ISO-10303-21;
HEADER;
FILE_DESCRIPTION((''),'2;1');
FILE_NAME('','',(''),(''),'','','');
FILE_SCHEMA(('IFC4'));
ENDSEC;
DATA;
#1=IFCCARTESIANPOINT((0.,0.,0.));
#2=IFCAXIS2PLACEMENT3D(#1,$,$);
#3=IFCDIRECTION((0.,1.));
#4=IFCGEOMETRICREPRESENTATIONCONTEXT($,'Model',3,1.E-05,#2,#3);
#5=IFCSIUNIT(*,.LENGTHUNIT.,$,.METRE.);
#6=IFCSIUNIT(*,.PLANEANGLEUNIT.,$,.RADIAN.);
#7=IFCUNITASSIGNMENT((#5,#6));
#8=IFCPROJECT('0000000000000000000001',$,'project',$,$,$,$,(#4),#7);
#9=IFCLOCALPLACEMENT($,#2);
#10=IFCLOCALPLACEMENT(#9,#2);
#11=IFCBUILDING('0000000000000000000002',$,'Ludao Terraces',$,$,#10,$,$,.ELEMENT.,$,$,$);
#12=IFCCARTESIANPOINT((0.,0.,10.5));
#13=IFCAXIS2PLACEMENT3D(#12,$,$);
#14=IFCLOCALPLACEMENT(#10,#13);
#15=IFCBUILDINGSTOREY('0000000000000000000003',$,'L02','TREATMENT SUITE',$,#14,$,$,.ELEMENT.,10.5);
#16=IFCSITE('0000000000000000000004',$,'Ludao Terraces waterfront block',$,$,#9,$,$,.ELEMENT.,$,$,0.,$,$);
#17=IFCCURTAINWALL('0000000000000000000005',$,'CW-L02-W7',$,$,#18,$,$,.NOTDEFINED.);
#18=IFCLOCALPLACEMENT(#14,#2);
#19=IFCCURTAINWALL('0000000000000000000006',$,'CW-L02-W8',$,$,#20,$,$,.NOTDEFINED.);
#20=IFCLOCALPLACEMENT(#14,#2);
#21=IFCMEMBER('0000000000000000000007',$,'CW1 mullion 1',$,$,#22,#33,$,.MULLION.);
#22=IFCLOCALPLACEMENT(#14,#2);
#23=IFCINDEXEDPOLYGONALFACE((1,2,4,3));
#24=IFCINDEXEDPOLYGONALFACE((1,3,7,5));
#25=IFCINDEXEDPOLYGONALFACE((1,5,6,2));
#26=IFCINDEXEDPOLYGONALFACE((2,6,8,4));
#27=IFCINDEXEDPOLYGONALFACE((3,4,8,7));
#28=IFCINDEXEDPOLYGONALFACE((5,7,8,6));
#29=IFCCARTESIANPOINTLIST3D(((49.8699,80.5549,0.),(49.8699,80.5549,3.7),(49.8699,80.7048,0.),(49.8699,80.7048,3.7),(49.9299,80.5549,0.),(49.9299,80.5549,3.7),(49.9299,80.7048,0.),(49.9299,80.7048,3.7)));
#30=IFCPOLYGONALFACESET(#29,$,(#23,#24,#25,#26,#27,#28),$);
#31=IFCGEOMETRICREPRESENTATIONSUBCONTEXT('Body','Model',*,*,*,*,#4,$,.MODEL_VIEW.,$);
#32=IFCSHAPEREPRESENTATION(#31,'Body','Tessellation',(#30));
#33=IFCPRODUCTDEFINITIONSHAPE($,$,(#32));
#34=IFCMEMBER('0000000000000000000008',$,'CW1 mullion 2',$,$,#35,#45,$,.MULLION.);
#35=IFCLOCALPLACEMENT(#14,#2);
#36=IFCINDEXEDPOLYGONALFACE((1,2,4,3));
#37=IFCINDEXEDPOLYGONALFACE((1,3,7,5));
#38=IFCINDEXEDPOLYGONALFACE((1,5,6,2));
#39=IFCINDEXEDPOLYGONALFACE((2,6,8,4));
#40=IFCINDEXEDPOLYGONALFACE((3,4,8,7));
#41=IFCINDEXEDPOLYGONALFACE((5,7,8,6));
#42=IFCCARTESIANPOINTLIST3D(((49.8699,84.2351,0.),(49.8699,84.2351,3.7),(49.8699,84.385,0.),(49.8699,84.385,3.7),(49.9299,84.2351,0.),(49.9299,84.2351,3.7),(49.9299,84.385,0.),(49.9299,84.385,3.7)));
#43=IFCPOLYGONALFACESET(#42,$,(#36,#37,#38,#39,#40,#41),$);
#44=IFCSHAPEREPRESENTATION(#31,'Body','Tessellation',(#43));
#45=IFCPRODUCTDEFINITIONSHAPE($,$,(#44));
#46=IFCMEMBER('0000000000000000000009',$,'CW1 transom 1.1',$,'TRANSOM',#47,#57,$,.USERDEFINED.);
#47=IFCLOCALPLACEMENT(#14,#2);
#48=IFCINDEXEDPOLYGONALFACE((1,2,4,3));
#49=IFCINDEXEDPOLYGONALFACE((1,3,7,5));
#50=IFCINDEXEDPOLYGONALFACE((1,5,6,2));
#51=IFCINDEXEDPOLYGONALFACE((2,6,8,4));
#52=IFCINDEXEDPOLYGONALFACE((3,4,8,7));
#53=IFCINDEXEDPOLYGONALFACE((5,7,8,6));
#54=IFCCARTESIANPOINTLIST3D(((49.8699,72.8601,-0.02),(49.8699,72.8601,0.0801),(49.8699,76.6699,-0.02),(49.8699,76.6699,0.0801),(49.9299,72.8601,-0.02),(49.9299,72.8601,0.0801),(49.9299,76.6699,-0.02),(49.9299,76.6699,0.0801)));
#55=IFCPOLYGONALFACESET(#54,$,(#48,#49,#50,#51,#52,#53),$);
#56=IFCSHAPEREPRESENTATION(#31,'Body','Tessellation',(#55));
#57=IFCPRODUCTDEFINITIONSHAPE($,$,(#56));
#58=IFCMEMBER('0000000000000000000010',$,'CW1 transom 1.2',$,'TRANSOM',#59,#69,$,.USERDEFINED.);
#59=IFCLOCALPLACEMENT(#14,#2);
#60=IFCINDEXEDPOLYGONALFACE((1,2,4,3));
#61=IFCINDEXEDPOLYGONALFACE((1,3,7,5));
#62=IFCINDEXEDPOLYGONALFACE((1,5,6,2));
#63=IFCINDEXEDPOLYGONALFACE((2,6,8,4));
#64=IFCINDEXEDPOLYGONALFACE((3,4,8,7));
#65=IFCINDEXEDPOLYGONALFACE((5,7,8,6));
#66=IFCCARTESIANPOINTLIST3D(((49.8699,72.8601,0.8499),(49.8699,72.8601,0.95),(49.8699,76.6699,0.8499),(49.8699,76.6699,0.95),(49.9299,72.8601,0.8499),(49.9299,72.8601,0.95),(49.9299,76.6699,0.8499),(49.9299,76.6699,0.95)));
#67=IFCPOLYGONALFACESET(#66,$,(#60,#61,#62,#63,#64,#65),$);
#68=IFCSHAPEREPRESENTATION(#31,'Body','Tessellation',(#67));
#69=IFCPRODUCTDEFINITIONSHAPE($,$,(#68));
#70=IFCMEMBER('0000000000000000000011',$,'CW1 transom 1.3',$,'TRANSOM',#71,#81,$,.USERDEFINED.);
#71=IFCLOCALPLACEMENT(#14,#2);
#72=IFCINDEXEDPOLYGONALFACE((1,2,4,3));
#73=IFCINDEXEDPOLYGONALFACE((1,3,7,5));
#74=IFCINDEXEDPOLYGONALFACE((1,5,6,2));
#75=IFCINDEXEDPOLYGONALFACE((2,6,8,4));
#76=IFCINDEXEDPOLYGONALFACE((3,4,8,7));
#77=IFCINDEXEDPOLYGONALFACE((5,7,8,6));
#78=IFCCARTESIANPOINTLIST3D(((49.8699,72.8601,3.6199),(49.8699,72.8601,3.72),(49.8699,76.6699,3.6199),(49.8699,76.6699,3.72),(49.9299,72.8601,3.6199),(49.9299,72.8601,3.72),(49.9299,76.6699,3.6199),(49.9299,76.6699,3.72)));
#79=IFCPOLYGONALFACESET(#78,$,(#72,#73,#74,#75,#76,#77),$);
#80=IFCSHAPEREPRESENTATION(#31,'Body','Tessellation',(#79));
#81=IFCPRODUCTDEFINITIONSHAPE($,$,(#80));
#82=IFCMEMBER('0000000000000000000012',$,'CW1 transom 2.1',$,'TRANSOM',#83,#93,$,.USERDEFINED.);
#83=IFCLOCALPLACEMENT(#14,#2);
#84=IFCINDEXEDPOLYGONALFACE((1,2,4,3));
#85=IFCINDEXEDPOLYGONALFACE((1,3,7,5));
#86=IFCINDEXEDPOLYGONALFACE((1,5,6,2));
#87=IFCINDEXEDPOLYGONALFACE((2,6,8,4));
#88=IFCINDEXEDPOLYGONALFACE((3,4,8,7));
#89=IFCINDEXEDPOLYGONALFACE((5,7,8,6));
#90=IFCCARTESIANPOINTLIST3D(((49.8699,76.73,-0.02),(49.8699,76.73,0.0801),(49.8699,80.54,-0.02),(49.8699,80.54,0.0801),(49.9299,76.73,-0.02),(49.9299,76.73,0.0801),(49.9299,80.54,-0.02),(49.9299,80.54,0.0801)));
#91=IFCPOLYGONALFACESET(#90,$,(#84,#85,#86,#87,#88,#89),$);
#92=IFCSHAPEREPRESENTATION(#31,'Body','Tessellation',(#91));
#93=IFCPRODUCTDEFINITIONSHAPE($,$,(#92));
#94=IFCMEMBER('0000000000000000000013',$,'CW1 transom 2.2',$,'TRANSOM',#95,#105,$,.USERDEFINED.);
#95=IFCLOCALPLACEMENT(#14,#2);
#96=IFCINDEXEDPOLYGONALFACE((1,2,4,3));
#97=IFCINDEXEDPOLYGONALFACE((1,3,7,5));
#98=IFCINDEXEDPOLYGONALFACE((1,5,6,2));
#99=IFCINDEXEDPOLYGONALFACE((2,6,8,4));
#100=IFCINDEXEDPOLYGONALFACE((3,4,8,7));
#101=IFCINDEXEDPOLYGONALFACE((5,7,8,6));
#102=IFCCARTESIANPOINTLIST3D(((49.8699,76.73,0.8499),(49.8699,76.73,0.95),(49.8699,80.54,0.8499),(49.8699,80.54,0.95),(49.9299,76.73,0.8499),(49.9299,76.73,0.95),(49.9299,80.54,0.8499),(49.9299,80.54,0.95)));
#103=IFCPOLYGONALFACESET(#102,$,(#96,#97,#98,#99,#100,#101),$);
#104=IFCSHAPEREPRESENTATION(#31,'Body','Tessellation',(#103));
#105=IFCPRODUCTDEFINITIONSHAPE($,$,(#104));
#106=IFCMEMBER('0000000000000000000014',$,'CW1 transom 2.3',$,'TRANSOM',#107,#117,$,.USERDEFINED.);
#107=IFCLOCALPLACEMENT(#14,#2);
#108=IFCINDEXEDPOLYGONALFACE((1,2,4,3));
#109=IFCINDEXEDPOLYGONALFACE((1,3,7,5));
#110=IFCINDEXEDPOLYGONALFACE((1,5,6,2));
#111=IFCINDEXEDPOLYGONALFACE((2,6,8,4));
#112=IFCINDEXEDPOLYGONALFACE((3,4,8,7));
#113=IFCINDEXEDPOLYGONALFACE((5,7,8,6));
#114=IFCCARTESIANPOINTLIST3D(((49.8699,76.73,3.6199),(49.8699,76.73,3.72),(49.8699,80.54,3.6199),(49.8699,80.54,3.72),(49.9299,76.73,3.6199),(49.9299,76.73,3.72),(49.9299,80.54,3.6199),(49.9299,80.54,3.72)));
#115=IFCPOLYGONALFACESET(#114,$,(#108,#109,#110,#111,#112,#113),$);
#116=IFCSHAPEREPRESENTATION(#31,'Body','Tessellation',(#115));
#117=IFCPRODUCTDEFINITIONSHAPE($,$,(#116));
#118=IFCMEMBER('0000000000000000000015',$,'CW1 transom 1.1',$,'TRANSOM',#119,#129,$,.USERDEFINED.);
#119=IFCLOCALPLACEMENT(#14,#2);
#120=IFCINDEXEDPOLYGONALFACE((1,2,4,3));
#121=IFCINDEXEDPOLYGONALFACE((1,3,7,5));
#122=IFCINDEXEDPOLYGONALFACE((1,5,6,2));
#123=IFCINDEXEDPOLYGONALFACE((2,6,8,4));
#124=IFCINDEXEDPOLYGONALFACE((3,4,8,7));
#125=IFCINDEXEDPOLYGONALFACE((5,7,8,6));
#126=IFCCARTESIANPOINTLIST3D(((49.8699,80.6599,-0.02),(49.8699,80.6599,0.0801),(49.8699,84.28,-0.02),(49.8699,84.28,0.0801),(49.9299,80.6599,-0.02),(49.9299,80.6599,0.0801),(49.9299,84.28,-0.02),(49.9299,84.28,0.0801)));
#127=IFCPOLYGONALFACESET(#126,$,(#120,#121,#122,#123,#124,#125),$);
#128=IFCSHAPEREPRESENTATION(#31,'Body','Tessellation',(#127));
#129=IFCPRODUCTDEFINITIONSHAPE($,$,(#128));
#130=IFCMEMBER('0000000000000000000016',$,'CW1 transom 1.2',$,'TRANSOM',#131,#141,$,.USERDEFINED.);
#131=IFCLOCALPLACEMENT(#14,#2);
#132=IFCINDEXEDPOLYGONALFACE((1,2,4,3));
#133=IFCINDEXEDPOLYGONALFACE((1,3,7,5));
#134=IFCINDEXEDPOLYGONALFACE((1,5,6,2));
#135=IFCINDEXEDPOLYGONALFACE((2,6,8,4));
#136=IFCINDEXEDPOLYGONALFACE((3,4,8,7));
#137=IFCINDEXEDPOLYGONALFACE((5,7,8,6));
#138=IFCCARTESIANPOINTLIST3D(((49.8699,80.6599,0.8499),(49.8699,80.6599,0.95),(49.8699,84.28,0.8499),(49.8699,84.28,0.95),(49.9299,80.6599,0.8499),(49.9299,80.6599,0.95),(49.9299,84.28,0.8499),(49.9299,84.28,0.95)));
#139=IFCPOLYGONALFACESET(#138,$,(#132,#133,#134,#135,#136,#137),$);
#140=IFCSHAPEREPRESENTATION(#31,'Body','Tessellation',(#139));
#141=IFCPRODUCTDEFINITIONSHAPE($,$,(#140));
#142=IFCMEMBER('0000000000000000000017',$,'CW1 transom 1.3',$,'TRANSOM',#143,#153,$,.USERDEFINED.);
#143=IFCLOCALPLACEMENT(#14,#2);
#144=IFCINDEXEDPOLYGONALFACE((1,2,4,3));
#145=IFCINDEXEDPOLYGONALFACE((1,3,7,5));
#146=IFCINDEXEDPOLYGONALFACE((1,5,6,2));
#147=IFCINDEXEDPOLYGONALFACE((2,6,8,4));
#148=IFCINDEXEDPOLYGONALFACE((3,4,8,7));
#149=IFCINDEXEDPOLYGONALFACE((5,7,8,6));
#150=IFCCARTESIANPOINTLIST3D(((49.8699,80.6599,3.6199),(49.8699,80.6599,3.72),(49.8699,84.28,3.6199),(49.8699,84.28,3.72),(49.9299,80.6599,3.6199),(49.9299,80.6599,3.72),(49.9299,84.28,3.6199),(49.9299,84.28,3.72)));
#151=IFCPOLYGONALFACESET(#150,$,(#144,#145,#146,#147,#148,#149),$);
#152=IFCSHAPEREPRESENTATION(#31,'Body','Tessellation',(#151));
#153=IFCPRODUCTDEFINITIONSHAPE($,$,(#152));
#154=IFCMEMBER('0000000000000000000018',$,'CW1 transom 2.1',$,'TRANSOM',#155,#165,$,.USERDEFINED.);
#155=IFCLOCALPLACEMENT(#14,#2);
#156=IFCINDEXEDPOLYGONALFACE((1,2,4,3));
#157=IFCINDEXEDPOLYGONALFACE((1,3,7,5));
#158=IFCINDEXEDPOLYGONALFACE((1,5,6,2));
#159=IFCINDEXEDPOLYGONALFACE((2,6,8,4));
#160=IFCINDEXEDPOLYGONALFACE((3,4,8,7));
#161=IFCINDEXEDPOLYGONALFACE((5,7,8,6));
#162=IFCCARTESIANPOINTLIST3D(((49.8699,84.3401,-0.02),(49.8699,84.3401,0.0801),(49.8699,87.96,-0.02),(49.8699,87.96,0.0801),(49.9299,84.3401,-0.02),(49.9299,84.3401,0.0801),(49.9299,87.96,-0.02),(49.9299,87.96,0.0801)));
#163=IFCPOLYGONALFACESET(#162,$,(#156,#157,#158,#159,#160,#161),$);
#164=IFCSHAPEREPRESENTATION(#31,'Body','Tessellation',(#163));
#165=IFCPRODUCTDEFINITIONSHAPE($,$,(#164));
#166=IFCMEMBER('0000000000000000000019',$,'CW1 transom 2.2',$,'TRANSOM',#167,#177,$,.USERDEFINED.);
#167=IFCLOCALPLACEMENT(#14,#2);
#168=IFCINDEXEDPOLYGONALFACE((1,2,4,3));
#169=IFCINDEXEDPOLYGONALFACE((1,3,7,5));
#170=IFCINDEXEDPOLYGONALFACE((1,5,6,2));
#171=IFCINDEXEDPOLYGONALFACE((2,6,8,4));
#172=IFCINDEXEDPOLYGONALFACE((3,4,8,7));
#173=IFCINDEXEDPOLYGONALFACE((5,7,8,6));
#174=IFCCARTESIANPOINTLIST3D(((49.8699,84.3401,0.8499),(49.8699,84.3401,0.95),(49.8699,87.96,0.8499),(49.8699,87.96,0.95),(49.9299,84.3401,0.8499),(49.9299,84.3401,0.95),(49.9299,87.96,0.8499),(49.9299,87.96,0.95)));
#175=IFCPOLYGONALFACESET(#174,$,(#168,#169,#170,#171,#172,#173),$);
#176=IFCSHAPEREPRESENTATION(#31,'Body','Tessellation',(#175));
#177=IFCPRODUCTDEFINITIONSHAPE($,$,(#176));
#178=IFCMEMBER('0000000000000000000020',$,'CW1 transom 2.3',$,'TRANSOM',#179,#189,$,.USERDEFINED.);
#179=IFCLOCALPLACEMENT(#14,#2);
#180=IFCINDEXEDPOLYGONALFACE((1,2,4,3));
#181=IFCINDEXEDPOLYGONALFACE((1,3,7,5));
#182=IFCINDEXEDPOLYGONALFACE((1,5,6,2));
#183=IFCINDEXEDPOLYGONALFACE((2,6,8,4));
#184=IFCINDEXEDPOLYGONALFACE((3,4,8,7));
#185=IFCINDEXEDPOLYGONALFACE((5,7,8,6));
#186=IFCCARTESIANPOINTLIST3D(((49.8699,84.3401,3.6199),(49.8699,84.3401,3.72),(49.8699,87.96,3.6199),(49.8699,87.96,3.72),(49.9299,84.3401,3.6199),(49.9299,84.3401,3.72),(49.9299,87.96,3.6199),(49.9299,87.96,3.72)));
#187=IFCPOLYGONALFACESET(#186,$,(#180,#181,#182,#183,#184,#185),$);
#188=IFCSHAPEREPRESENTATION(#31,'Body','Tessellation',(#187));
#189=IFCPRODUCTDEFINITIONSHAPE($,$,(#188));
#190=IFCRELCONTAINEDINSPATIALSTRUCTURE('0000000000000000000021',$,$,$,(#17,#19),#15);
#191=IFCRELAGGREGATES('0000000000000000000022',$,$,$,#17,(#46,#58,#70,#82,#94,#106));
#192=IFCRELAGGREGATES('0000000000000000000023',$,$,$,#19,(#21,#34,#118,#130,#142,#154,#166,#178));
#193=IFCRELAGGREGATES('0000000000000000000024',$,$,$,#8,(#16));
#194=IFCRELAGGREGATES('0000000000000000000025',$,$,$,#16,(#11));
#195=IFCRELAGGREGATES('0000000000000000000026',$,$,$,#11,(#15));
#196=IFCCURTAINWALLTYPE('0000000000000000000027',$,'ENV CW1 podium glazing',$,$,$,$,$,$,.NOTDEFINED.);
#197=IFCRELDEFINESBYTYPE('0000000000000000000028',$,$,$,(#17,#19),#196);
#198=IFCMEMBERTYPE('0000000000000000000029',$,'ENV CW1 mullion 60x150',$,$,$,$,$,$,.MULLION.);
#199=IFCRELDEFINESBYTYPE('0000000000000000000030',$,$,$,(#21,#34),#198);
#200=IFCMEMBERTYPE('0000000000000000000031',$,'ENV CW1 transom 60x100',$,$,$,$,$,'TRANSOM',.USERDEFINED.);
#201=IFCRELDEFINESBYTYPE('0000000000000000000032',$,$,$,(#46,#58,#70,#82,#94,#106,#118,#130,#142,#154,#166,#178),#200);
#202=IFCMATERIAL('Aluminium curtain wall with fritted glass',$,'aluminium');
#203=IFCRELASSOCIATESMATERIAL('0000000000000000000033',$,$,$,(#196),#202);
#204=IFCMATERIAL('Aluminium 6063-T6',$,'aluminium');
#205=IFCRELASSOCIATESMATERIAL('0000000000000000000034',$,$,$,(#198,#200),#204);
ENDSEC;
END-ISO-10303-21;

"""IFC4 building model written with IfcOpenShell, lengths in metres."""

from ifc_helpers import new_model, si_unit, direction, frame, origin, origin_2d, place, context, subcontext, project, spatial, rectangle, extrude, material, material_profile, profile_set, type_object, element, aggregate, save


model = new_model("IFC4")

# Units and contexts
model_context = context("Model", 3, precision=1e-05, world=origin(), true_north=direction((0.0, 1.0)))
body_context = subcontext(model_context, "Body", "Model", "MODEL_VIEW")
ifc_project = project(units=[si_unit("LENGTHUNIT", "METRE"), si_unit("PLANEANGLEUNIT", "RADIAN")], contexts=[model_context])

# Site, building, storey
site_placement = place(None, origin())
site = spatial("IfcSite", under=ifc_project, at=site_placement, Name="Ludao Terraces waterfront block", CompositionType="ELEMENT", RefElevation=0.0)
building_placement = place(site_placement, origin())
building = spatial("IfcBuilding", under=site, at=building_placement, Name="Ludao Terraces", CompositionType="ELEMENT")
storey_placement = place(building_placement, frame((0.0, 0.0, 10.5)))
storey = spatial("IfcBuildingStorey", under=building, at=storey_placement, Name="L02", Description="TREATMENT SUITE", CompositionType="ELEMENT", Elevation=10.5)

# Shared definitions
ifc_material_1 = material(Name="Aluminium curtain wall with fritted glass", Category="aluminium")
curtain_wall_type = type_object("IfcCurtainWallType", Name="ENV CW1 podium glazing", PredefinedType="NOTDEFINED", material=ifc_material_1)
ifc_material_2 = material(Name="Aluminium 6063-T6", Category="aluminium")
ifc_material_profile_1 = material_profile(ifc_material_2, rectangle(XDim=0.0601, YDim=0.1499, at=origin_2d()), Name="60 X 150")
ifc_profile_set_1 = profile_set([ifc_material_profile_1], Name="Aluminium 6063-T6")
member_type_1 = type_object("IfcMemberType", Name="ENV CW1 mullion 60x150", PredefinedType="MULLION", material=ifc_profile_set_1)

# Curtain walls, members
curtain_wall_1_placement = place(storey_placement, origin())
curtain_wall_1 = element("IfcCurtainWall", 1, at=curtain_wall_1_placement, inside=storey, type_object=curtain_wall_type, Name="CW-L02-W7", PredefinedType="NOTDEFINED")
curtain_wall_2_placement = place(storey_placement, origin())
curtain_wall_2 = element("IfcCurtainWall", 2, at=curtain_wall_2_placement, inside=storey, type_object=curtain_wall_type, Name="CW-L02-W8", PredefinedType="NOTDEFINED")
member_1_placement = place(storey_placement, frame((49.8999, 80.6299, 0.0), z_axis=(0.0, 0.0, 1.0), x_axis=(-1.0, 0.0, 0.0)))
member_1 = element("IfcMember", 3, at=member_1_placement, type_object=member_type_1, Name="CW1 mullion 1", PredefinedType="MULLION", context=body_context, shape_type="SweptSolid", body=[
    extrude(rectangle(XDim=0.0601, YDim=0.1499, at=origin_2d()), origin(), (0.0, 0.0, 1.0), 3.7),
])
member_2_placement = place(storey_placement, frame((49.8999, 84.3101, 0.0), z_axis=(0.0, 0.0, 1.0), x_axis=(-1.0, 0.0, 0.0)))
member_2 = element("IfcMember", 4, at=member_2_placement, type_object=member_type_1, Name="CW1 mullion 2", PredefinedType="MULLION", context=body_context, shape_type="SweptSolid", body=[
    extrude(rectangle(XDim=0.0601, YDim=0.1499, at=origin_2d()), origin(), (0.0, 0.0, 1.0), 3.7),
])

# Members
ifc_material_profile_2 = material_profile(ifc_material_2, rectangle(XDim=0.0601, YDim=0.1001, at=origin_2d()), Name="60 X 100")
ifc_profile_set_2 = profile_set([ifc_material_profile_2], Name="Aluminium 6063-T6")
member_type_2 = type_object("IfcMemberType", Name="ENV CW1 transom 60x100", ElementType="TRANSOM", PredefinedType="USERDEFINED", material=ifc_profile_set_2)
member_3_placement = place(storey_placement, frame((49.8999, 72.8601, 0.03), z_axis=(0.0, 1.0, 0.0), x_axis=(-1.0, 0.0, 0.0)))
member_3 = element("IfcMember", 5, at=member_3_placement, type_object=member_type_2, Name="CW1 transom 1.1", ObjectType="TRANSOM", PredefinedType="USERDEFINED", context=body_context, shape_type="SweptSolid", body=[
    extrude(rectangle(XDim=0.0601, YDim=0.1001, at=origin_2d()), origin(), (0.0, 0.0, 1.0), 3.8098),
])
member_4_placement = place(storey_placement, frame((49.8999, 72.8601, 0.8999), z_axis=(0.0, 1.0, 0.0), x_axis=(-1.0, 0.0, 0.0)))
member_4 = element("IfcMember", 6, at=member_4_placement, type_object=member_type_2, Name="CW1 transom 1.2", ObjectType="TRANSOM", PredefinedType="USERDEFINED", context=body_context, shape_type="SweptSolid", body=[
    extrude(rectangle(XDim=0.0601, YDim=0.1001, at=origin_2d()), origin(), (0.0, 0.0, 1.0), 3.8098),
])
member_5_placement = place(storey_placement, frame((49.8999, 72.8601, 3.6699), z_axis=(0.0, 1.0, 0.0), x_axis=(-1.0, 0.0, 0.0)))
member_5 = element("IfcMember", 7, at=member_5_placement, type_object=member_type_2, Name="CW1 transom 1.3", ObjectType="TRANSOM", PredefinedType="USERDEFINED", context=body_context, shape_type="SweptSolid", body=[
    extrude(rectangle(XDim=0.0601, YDim=0.1001, at=origin_2d()), origin(), (0.0, 0.0, 1.0), 3.8098),
])
member_6_placement = place(storey_placement, frame((49.8999, 76.73, 0.03), z_axis=(0.0, 1.0, 0.0), x_axis=(-1.0, 0.0, 0.0)))
member_6 = element("IfcMember", 8, at=member_6_placement, type_object=member_type_2, Name="CW1 transom 2.1", ObjectType="TRANSOM", PredefinedType="USERDEFINED", context=body_context, shape_type="SweptSolid", body=[
    extrude(rectangle(XDim=0.0601, YDim=0.1001, at=origin_2d()), origin(), (0.0, 0.0, 1.0), 3.8101),
])
member_7_placement = place(storey_placement, frame((49.8999, 76.73, 0.8999), z_axis=(0.0, 1.0, 0.0), x_axis=(-1.0, 0.0, 0.0)))
member_7 = element("IfcMember", 9, at=member_7_placement, type_object=member_type_2, Name="CW1 transom 2.2", ObjectType="TRANSOM", PredefinedType="USERDEFINED", context=body_context, shape_type="SweptSolid", body=[
    extrude(rectangle(XDim=0.0601, YDim=0.1001, at=origin_2d()), origin(), (0.0, 0.0, 1.0), 3.8101),
])
member_8_placement = place(storey_placement, frame((49.8999, 76.73, 3.6699), z_axis=(0.0, 1.0, 0.0), x_axis=(-1.0, 0.0, 0.0)))
member_8 = element("IfcMember", 10, at=member_8_placement, type_object=member_type_2, Name="CW1 transom 2.3", ObjectType="TRANSOM", PredefinedType="USERDEFINED", context=body_context, shape_type="SweptSolid", body=[
    extrude(rectangle(XDim=0.0601, YDim=0.1001, at=origin_2d()), origin(), (0.0, 0.0, 1.0), 3.8101),
])
member_9_placement = place(storey_placement, frame((49.8999, 80.6599, 0.03), z_axis=(0.0, 1.0, 0.0), x_axis=(-1.0, 0.0, 0.0)))
member_9 = element("IfcMember", 11, at=member_9_placement, type_object=member_type_2, Name="CW1 transom 1.1", ObjectType="TRANSOM", PredefinedType="USERDEFINED", context=body_context, shape_type="SweptSolid", body=[
    extrude(rectangle(XDim=0.0601, YDim=0.1001, at=origin_2d()), origin(), (0.0, 0.0, 1.0), 3.6201),
])
member_10_placement = place(storey_placement, frame((49.8999, 80.6599, 0.8999), z_axis=(0.0, 1.0, 0.0), x_axis=(-1.0, 0.0, 0.0)))
member_10 = element("IfcMember", 12, at=member_10_placement, type_object=member_type_2, Name="CW1 transom 1.2", ObjectType="TRANSOM", PredefinedType="USERDEFINED", context=body_context, shape_type="SweptSolid", body=[
    extrude(rectangle(XDim=0.0601, YDim=0.1001, at=origin_2d()), origin(), (0.0, 0.0, 1.0), 3.6201),
])
member_11_placement = place(storey_placement, frame((49.8999, 80.6599, 3.6699), z_axis=(0.0, 1.0, 0.0), x_axis=(-1.0, 0.0, 0.0)))
member_11 = element("IfcMember", 13, at=member_11_placement, type_object=member_type_2, Name="CW1 transom 1.3", ObjectType="TRANSOM", PredefinedType="USERDEFINED", context=body_context, shape_type="SweptSolid", body=[
    extrude(rectangle(XDim=0.0601, YDim=0.1001, at=origin_2d()), origin(), (0.0, 0.0, 1.0), 3.6201),
])
member_12_placement = place(storey_placement, frame((49.8999, 84.3401, 0.03), z_axis=(0.0, 1.0, 0.0), x_axis=(-1.0, 0.0, 0.0)))
member_12 = element("IfcMember", 14, at=member_12_placement, type_object=member_type_2, Name="CW1 transom 2.1", ObjectType="TRANSOM", PredefinedType="USERDEFINED", context=body_context, shape_type="SweptSolid", body=[
    extrude(rectangle(XDim=0.0601, YDim=0.1001, at=origin_2d()), origin(), (0.0, 0.0, 1.0), 3.6199),
])
member_13_placement = place(storey_placement, frame((49.8999, 84.3401, 0.8999), z_axis=(0.0, 1.0, 0.0), x_axis=(-1.0, 0.0, 0.0)))
member_13 = element("IfcMember", 15, at=member_13_placement, type_object=member_type_2, Name="CW1 transom 2.2", ObjectType="TRANSOM", PredefinedType="USERDEFINED", context=body_context, shape_type="SweptSolid", body=[
    extrude(rectangle(XDim=0.0601, YDim=0.1001, at=origin_2d()), origin(), (0.0, 0.0, 1.0), 3.6199),
])
member_14_placement = place(storey_placement, frame((49.8999, 84.3401, 3.6699), z_axis=(0.0, 1.0, 0.0), x_axis=(-1.0, 0.0, 0.0)))
member_14 = element("IfcMember", 16, at=member_14_placement, type_object=member_type_2, Name="CW1 transom 2.3", ObjectType="TRANSOM", PredefinedType="USERDEFINED", context=body_context, shape_type="SweptSolid", body=[
    extrude(rectangle(XDim=0.0601, YDim=0.1001, at=origin_2d()), origin(), (0.0, 0.0, 1.0), 3.6199),
])

aggregate(curtain_wall_1, [member_3, member_4, member_5, member_6, member_7, member_8])
aggregate(curtain_wall_2, [member_1, member_2, member_9, member_10, member_11, member_12, member_13, member_14])

save(model, "model.ifc")
